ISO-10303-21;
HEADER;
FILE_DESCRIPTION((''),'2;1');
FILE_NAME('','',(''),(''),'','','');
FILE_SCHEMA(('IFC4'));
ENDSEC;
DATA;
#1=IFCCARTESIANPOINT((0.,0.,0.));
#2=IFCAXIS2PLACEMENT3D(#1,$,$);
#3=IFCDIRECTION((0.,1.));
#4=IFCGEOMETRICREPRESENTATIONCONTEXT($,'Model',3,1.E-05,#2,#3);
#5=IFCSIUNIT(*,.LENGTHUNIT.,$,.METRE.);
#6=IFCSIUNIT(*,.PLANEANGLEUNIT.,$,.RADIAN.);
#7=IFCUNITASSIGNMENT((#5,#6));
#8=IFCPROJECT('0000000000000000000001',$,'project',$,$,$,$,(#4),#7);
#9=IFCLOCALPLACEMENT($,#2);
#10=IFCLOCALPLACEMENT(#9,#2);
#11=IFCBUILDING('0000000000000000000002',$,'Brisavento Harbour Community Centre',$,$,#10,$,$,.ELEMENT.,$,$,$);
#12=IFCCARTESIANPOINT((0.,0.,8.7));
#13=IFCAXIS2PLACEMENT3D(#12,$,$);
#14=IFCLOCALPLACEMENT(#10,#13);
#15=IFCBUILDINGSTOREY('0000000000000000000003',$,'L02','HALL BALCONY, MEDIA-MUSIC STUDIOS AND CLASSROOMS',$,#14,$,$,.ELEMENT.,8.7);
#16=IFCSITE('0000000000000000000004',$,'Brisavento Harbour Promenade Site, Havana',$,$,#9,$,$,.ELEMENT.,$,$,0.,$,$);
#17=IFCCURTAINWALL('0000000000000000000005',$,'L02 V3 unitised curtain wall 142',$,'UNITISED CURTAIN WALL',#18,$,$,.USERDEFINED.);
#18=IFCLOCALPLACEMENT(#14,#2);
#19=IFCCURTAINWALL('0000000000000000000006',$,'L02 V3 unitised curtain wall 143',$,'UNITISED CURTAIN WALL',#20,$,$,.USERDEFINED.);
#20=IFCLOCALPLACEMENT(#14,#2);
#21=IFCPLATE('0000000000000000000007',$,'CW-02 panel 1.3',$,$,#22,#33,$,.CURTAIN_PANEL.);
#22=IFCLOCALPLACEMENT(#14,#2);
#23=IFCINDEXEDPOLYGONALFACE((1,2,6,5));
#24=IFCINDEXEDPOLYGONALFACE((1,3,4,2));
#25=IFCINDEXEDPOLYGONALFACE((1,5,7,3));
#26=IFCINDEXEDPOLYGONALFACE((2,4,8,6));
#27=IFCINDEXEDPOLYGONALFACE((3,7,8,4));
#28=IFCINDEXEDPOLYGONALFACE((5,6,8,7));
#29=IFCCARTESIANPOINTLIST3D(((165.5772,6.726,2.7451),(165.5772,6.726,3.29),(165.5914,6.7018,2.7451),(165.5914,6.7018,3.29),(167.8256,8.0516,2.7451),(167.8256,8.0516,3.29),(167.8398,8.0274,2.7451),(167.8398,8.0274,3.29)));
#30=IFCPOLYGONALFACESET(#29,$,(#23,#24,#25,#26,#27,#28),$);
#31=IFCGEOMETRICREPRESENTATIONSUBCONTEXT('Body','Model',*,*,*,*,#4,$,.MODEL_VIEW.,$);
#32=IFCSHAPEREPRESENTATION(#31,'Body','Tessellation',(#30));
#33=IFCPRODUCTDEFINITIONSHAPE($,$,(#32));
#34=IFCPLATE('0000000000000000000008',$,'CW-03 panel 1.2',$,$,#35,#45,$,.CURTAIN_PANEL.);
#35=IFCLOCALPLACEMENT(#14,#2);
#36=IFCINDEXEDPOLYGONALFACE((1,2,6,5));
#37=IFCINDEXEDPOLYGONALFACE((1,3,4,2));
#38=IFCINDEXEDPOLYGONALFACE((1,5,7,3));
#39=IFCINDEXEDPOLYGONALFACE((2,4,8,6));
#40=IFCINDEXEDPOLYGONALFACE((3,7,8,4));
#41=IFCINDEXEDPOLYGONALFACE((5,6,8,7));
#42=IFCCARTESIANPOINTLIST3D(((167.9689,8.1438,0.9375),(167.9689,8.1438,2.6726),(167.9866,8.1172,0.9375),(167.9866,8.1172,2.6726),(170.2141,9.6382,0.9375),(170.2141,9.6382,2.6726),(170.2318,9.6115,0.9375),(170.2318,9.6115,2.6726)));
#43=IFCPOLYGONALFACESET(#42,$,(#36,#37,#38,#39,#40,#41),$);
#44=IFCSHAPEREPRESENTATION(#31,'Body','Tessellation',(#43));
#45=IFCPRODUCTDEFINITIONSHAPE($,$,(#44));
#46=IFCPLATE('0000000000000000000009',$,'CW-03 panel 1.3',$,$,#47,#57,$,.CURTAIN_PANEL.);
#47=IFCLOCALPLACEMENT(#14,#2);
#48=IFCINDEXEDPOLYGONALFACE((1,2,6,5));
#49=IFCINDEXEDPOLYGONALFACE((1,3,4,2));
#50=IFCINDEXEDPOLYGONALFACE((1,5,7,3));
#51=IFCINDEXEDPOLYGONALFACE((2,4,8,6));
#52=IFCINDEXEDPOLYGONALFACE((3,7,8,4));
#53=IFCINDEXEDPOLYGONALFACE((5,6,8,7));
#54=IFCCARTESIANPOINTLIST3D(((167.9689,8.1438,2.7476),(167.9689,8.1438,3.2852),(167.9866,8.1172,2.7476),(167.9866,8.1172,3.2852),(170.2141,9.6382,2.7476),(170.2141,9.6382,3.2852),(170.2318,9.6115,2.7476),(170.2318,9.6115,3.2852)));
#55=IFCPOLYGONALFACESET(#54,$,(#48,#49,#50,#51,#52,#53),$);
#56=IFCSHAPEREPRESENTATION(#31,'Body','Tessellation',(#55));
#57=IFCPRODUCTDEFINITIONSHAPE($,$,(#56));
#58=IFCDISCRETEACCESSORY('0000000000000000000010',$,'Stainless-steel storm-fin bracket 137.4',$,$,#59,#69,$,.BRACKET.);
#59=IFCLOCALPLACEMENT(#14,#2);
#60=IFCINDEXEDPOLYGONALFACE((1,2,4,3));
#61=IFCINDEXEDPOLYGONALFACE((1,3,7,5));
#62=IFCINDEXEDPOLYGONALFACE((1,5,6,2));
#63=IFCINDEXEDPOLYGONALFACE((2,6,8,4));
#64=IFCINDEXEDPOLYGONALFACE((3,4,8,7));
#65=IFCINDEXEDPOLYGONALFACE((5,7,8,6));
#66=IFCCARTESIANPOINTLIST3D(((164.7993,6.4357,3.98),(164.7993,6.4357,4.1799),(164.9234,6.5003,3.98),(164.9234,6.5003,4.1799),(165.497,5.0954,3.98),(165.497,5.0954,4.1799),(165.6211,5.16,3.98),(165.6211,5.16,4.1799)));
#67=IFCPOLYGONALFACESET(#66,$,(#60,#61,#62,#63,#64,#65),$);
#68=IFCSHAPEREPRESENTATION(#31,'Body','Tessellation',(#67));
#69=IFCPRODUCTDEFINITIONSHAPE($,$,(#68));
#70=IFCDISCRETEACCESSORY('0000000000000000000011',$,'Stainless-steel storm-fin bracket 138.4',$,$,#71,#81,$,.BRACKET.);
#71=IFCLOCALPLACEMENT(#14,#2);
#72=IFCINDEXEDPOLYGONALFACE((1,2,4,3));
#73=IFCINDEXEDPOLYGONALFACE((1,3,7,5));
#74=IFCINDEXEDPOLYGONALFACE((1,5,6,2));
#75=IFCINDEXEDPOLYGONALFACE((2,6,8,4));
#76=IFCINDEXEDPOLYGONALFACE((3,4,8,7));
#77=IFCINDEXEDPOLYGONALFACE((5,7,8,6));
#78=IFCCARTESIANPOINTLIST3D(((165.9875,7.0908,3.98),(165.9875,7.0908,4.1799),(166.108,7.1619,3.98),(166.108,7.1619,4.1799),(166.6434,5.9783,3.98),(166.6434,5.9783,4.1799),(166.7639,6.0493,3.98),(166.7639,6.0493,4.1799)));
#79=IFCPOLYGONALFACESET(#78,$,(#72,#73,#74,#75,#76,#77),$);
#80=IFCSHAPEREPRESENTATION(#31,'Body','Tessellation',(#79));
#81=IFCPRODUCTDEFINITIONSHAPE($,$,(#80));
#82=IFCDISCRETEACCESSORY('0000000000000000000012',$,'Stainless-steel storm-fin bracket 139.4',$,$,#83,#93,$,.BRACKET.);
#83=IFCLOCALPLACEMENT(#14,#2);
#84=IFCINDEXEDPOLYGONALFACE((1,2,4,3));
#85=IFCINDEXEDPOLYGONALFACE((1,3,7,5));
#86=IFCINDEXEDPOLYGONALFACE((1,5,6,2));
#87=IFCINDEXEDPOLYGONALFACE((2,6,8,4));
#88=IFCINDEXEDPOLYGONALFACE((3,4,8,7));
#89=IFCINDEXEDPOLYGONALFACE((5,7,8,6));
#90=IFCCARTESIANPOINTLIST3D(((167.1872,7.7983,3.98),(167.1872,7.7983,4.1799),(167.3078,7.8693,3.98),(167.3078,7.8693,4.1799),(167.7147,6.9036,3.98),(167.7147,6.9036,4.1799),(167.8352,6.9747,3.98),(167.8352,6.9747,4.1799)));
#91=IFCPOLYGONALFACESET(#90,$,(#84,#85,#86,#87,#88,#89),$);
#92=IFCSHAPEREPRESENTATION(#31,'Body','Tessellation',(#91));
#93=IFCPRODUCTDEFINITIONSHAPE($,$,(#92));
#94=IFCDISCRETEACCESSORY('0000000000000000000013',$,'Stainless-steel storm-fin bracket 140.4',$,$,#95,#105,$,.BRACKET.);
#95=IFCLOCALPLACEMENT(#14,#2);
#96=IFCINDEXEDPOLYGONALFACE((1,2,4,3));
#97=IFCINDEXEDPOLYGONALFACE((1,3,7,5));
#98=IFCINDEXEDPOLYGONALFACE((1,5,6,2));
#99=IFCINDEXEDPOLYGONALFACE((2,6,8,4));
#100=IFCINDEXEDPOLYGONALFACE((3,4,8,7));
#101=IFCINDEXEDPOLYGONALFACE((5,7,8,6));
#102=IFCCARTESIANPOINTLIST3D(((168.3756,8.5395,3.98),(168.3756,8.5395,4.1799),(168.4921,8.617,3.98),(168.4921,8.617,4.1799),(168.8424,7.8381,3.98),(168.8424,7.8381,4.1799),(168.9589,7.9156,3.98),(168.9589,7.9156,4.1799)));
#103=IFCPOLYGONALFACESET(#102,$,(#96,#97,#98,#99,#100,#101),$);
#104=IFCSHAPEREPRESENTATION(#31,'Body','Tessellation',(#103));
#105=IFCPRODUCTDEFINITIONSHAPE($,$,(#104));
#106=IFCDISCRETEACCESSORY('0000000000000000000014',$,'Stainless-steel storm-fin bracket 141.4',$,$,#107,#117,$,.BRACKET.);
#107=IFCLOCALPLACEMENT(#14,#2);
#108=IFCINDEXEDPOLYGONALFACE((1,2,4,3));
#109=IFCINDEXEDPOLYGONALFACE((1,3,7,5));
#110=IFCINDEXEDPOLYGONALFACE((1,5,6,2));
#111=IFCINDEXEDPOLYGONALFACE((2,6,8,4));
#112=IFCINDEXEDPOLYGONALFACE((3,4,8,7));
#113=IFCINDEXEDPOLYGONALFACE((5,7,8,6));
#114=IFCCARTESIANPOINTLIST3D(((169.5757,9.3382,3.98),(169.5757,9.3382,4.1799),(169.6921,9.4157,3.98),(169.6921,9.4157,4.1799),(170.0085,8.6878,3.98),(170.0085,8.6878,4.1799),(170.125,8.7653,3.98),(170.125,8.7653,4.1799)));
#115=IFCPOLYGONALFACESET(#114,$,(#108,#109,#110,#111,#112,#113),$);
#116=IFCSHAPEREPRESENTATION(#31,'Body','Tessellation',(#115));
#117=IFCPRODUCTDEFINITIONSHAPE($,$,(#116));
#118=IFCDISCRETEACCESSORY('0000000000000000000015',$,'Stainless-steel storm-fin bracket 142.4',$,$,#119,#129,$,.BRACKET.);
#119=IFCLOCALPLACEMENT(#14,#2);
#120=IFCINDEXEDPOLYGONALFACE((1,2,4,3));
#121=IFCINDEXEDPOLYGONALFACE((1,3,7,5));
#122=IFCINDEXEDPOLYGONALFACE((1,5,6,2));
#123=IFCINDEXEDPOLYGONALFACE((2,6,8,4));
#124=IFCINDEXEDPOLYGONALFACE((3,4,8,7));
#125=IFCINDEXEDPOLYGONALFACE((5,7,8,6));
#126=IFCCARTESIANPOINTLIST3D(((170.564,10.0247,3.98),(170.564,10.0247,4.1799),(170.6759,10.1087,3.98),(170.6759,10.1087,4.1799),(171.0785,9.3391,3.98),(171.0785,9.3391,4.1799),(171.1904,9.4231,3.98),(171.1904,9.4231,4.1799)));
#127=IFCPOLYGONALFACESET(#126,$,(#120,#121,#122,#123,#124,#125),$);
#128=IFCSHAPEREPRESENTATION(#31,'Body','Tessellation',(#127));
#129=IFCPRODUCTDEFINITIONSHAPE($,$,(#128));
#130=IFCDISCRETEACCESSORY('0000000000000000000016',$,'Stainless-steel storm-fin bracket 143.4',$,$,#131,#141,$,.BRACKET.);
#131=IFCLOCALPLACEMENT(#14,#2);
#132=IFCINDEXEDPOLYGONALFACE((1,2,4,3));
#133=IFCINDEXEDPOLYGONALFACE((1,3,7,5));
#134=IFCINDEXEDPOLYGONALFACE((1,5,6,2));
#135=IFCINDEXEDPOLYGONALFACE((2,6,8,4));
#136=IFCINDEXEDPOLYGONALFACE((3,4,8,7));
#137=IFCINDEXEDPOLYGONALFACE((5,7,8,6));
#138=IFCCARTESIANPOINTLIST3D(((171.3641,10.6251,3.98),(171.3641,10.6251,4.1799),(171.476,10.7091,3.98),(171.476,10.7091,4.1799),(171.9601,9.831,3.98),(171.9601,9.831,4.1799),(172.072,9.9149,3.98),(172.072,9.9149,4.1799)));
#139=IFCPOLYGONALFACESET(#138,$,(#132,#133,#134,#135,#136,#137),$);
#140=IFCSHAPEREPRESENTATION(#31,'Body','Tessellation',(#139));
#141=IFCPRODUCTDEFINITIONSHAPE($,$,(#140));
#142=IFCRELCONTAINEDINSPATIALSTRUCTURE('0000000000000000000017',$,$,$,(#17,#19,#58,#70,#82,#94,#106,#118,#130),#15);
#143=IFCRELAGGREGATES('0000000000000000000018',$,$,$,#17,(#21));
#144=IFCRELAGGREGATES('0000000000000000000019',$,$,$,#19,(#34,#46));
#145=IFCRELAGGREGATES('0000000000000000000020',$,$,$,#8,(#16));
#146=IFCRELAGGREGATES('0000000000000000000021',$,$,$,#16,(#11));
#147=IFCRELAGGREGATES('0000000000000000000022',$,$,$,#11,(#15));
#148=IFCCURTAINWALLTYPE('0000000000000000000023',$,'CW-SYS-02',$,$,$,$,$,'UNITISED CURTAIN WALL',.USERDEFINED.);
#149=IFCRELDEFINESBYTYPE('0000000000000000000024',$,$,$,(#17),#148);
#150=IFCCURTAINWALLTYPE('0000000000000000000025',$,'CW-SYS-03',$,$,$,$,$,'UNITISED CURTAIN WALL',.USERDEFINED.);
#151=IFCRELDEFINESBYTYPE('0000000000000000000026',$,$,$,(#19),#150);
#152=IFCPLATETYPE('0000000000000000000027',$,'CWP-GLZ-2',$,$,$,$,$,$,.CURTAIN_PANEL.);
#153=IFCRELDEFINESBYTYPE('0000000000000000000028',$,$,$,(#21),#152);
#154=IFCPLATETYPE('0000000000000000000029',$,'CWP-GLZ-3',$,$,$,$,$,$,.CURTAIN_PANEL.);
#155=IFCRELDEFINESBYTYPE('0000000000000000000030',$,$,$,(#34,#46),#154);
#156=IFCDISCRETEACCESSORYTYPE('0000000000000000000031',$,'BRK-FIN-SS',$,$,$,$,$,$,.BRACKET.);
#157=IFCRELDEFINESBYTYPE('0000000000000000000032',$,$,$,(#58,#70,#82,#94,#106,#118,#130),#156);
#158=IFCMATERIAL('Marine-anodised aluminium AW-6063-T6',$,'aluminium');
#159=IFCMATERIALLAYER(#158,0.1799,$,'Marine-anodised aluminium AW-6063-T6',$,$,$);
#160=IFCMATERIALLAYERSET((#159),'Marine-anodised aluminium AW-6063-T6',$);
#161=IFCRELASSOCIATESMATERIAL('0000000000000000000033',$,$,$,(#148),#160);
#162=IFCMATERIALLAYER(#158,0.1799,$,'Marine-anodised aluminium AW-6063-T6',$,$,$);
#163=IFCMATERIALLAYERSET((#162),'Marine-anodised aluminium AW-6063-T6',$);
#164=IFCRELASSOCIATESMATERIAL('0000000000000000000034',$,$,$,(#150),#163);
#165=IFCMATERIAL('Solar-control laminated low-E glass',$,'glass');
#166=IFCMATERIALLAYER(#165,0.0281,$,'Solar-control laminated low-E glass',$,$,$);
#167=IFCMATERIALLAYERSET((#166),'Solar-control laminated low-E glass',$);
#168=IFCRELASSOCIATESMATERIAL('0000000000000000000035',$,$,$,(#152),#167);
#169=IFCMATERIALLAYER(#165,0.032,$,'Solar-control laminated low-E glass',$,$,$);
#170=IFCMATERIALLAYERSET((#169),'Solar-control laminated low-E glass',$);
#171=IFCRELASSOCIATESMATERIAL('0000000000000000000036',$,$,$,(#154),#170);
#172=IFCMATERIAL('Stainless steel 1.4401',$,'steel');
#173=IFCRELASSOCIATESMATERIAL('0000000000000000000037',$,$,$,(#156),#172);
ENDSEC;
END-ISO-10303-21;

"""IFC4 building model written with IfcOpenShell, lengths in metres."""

from ifc_helpers import new_model, si_unit, direction, frame, origin, origin_2d, place, context, subcontext, project, spatial, rectangle, extrude, material, layer, layer_set, type_object, element, aggregate, save


model = new_model("IFC4")

# Units and contexts
model_context = context("Model", 3, precision=1e-05, world=origin(), true_north=direction((0.0, 1.0)))
body_context = subcontext(model_context, "Body", "Model", "MODEL_VIEW")
ifc_project = project(units=[si_unit("LENGTHUNIT", "METRE"), si_unit("PLANEANGLEUNIT", "RADIAN")], contexts=[model_context])

# Site, building, storey
site_placement = place(None, origin())
site = spatial("IfcSite", under=ifc_project, at=site_placement, Name="Brisavento Harbour Promenade Site, Havana", CompositionType="ELEMENT", RefElevation=0.0)
building_placement = place(site_placement, origin())
building = spatial("IfcBuilding", under=site, at=building_placement, Name="Brisavento Harbour Community Centre", CompositionType="ELEMENT")
storey_placement = place(building_placement, frame((0.0, 0.0, 8.7)))
storey = spatial("IfcBuildingStorey", under=building, at=storey_placement, Name="L02", Description="HALL BALCONY, MEDIA-MUSIC STUDIOS AND CLASSROOMS", CompositionType="ELEMENT", Elevation=8.7)

# Curtain walls
ifc_material_1 = material(Name="Marine-anodised aluminium AW-6063-T6", Category="aluminium")
ifc_layer_1 = layer(ifc_material_1, 0.1799, Name="Marine-anodised aluminium AW-6063-T6")
ifc_layer_set_1 = layer_set([ifc_layer_1], Name="Marine-anodised aluminium AW-6063-T6")
curtain_wall_type_1 = type_object("IfcCurtainWallType", Name="CW-SYS-02", ElementType="UNITISED CURTAIN WALL", PredefinedType="USERDEFINED", material=ifc_layer_set_1)
curtain_wall_1_placement = place(storey_placement, origin())
curtain_wall_1 = element("IfcCurtainWall", 1, at=curtain_wall_1_placement, inside=storey, type_object=curtain_wall_type_1, Name="L02 V3 unitised curtain wall 142", ObjectType="UNITISED CURTAIN WALL", PredefinedType="USERDEFINED")
ifc_layer_2 = layer(ifc_material_1, 0.1799, Name="Marine-anodised aluminium AW-6063-T6")
ifc_layer_set_2 = layer_set([ifc_layer_2], Name="Marine-anodised aluminium AW-6063-T6")
curtain_wall_type_2 = type_object("IfcCurtainWallType", Name="CW-SYS-03", ElementType="UNITISED CURTAIN WALL", PredefinedType="USERDEFINED", material=ifc_layer_set_2)
curtain_wall_2_placement = place(storey_placement, origin())
curtain_wall_2 = element("IfcCurtainWall", 2, at=curtain_wall_2_placement, inside=storey, type_object=curtain_wall_type_2, Name="L02 V3 unitised curtain wall 143", ObjectType="UNITISED CURTAIN WALL", PredefinedType="USERDEFINED")

# Plates
ifc_material_2 = material(Name="Solar-control laminated low-E glass", Category="glass")
ifc_layer_3 = layer(ifc_material_2, 0.0281, Name="Solar-control laminated low-E glass")
ifc_layer_set_3 = layer_set([ifc_layer_3], Name="Solar-control laminated low-E glass")
plate_type_1 = type_object("IfcPlateType", Name="CWP-GLZ-2", PredefinedType="CURTAIN_PANEL", material=ifc_layer_set_3)
plate_1_placement = place(storey_placement, frame((166.7085, 7.3767, 2.7451), z_axis=(0.0, 0.0, 1.0), x_axis=(-0.86143, -0.507876, 0.0)))
plate_1 = element("IfcPlate", 3, at=plate_1_placement, type_object=plate_type_1, Name="CW-02 panel 1.3", PredefinedType="CURTAIN_PANEL", context=body_context, shape_type="SweptSolid", body=[
    extrude(rectangle(XDim=2.6101, YDim=0.0281, at=origin_2d()), origin(), (0.0, 0.0, 1.0), 0.5449),
])
aggregate(curtain_wall_1, [plate_1])
ifc_layer_4 = layer(ifc_material_2, 0.032, Name="Solar-control laminated low-E glass")
ifc_layer_set_4 = layer_set([ifc_layer_4], Name="Solar-control laminated low-E glass")
plate_type_2 = type_object("IfcPlateType", Name="CWP-GLZ-3", PredefinedType="CURTAIN_PANEL", material=ifc_layer_set_4)
plate_2_placement = place(storey_placement, frame((169.1003, 8.8777, 0.9375), z_axis=(0.0, 0.0, 1.0), x_axis=(-0.832472, -0.554068, 0.0)))
plate_2 = element("IfcPlate", 4, at=plate_2_placement, type_object=plate_type_2, Name="CW-03 panel 1.2", PredefinedType="CURTAIN_PANEL", context=body_context, shape_type="SweptSolid", body=[
    extrude(rectangle(XDim=2.697, YDim=0.032, at=origin_2d()), origin(), (0.0, 0.0, 1.0), 1.7351),
])
plate_3_placement = place(storey_placement, frame((169.1003, 8.8777, 2.7476), z_axis=(0.0, 0.0, 1.0), x_axis=(-0.832472, -0.554068, 0.0)))
plate_3 = element("IfcPlate", 5, at=plate_3_placement, type_object=plate_type_2, Name="CW-03 panel 1.3", PredefinedType="CURTAIN_PANEL", context=body_context, shape_type="SweptSolid", body=[
    extrude(rectangle(XDim=2.697, YDim=0.032, at=origin_2d()), origin(), (0.0, 0.0, 1.0), 0.5376),
])
aggregate(curtain_wall_2, [plate_2, plate_3])

# Discrete accessories
ifc_material_3 = material(Name="Stainless steel 1.4401", Category="steel")
discrete_accessory_type = type_object("IfcDiscreteAccessoryType", Name="BRK-FIN-SS", PredefinedType="BRACKET", material=ifc_material_3)
discrete_accessory_1_placement = place(storey_placement, frame((165.2102, 5.7979, 3.98), z_axis=(0.0, 0.0, 1.0), x_axis=(0.461702, -0.887035, 0.0)))
element("IfcDiscreteAccessory", 6, at=discrete_accessory_1_placement, inside=storey, type_object=discrete_accessory_type, Name="Stainless-steel storm-fin bracket 137.4", PredefinedType="BRACKET", context=body_context, shape_type="SweptSolid", body=[
    extrude(rectangle(XDim=1.511, YDim=0.1399, at=origin_2d()), origin(), (0.0, 0.0, 1.0), 0.2),
])
discrete_accessory_2_placement = place(storey_placement, frame((166.3757, 6.5701, 3.98), z_axis=(0.0, 0.0, 1.0), x_axis=(0.507869, -0.861434, 0.0)))
element("IfcDiscreteAccessory", 7, at=discrete_accessory_2_placement, inside=storey, type_object=discrete_accessory_type, Name="Stainless-steel storm-fin bracket 138.4", PredefinedType="BRACKET", context=body_context, shape_type="SweptSolid", body=[
    extrude(rectangle(XDim=1.2915, YDim=0.1399, at=origin_2d()), origin(), (0.0, 0.0, 1.0), 0.2),
])
discrete_accessory_3_placement = place(storey_placement, frame((167.5112, 7.3865, 3.98), z_axis=(0.0, 0.0, 1.0), x_axis=(0.507869, -0.861434, 0.0)))
element("IfcDiscreteAccessory", 8, at=discrete_accessory_3_placement, inside=storey, type_object=discrete_accessory_type, Name="Stainless-steel storm-fin bracket 139.4", PredefinedType="BRACKET", context=body_context, shape_type="SweptSolid", body=[
    extrude(rectangle(XDim=1.0386, YDim=0.1399, at=origin_2d()), origin(), (0.0, 0.0, 1.0), 0.2),
])
discrete_accessory_4_placement = place(storey_placement, frame((168.6672, 8.2275, 3.98), z_axis=(0.0, 0.0, 1.0), x_axis=(0.55406, -0.832477, 0.0)))
element("IfcDiscreteAccessory", 9, at=discrete_accessory_4_placement, inside=storey, type_object=discrete_accessory_type, Name="Stainless-steel storm-fin bracket 140.4", PredefinedType="BRACKET", context=body_context, shape_type="SweptSolid", body=[
    extrude(rectangle(XDim=0.8425, YDim=0.1399, at=origin_2d()), origin(), (0.0, 0.0, 1.0), 0.2),
])
discrete_accessory_5_placement = place(storey_placement, frame((169.8503, 9.0518, 3.98), z_axis=(0.0, 0.0, 1.0), x_axis=(0.55406, -0.832477, 0.0)))
element("IfcDiscreteAccessory", 10, at=discrete_accessory_5_placement, inside=storey, type_object=discrete_accessory_type, Name="Stainless-steel storm-fin bracket 141.4", PredefinedType="BRACKET", context=body_context, shape_type="SweptSolid", body=[
    extrude(rectangle(XDim=0.7812, YDim=0.1399, at=origin_2d()), origin(), (0.0, 0.0, 1.0), 0.2),
])
discrete_accessory_6_placement = place(storey_placement, frame((170.8772, 9.7239, 3.98), z_axis=(0.0, 0.0, 1.0), x_axis=(0.600253, -0.79981, 0.0)))
element("IfcDiscreteAccessory", 11, at=discrete_accessory_6_placement, inside=storey, type_object=discrete_accessory_type, Name="Stainless-steel storm-fin bracket 142.4", PredefinedType="BRACKET", context=body_context, shape_type="SweptSolid", body=[
    extrude(rectangle(XDim=0.8572, YDim=0.1399, at=origin_2d()), origin(), (0.0, 0.0, 1.0), 0.2),
])
discrete_accessory_7_placement = place(storey_placement, frame((171.718, 10.27, 3.98), z_axis=(0.0, 0.0, 1.0), x_axis=(0.600253, -0.79981, 0.0)))
element("IfcDiscreteAccessory", 12, at=discrete_accessory_7_placement, inside=storey, type_object=discrete_accessory_type, Name="Stainless-steel storm-fin bracket 143.4", PredefinedType="BRACKET", context=body_context, shape_type="SweptSolid", body=[
    extrude(rectangle(XDim=0.9929, YDim=0.1399, at=origin_2d()), origin(), (0.0, 0.0, 1.0), 0.2),
])

save(model, "model.ifc")
